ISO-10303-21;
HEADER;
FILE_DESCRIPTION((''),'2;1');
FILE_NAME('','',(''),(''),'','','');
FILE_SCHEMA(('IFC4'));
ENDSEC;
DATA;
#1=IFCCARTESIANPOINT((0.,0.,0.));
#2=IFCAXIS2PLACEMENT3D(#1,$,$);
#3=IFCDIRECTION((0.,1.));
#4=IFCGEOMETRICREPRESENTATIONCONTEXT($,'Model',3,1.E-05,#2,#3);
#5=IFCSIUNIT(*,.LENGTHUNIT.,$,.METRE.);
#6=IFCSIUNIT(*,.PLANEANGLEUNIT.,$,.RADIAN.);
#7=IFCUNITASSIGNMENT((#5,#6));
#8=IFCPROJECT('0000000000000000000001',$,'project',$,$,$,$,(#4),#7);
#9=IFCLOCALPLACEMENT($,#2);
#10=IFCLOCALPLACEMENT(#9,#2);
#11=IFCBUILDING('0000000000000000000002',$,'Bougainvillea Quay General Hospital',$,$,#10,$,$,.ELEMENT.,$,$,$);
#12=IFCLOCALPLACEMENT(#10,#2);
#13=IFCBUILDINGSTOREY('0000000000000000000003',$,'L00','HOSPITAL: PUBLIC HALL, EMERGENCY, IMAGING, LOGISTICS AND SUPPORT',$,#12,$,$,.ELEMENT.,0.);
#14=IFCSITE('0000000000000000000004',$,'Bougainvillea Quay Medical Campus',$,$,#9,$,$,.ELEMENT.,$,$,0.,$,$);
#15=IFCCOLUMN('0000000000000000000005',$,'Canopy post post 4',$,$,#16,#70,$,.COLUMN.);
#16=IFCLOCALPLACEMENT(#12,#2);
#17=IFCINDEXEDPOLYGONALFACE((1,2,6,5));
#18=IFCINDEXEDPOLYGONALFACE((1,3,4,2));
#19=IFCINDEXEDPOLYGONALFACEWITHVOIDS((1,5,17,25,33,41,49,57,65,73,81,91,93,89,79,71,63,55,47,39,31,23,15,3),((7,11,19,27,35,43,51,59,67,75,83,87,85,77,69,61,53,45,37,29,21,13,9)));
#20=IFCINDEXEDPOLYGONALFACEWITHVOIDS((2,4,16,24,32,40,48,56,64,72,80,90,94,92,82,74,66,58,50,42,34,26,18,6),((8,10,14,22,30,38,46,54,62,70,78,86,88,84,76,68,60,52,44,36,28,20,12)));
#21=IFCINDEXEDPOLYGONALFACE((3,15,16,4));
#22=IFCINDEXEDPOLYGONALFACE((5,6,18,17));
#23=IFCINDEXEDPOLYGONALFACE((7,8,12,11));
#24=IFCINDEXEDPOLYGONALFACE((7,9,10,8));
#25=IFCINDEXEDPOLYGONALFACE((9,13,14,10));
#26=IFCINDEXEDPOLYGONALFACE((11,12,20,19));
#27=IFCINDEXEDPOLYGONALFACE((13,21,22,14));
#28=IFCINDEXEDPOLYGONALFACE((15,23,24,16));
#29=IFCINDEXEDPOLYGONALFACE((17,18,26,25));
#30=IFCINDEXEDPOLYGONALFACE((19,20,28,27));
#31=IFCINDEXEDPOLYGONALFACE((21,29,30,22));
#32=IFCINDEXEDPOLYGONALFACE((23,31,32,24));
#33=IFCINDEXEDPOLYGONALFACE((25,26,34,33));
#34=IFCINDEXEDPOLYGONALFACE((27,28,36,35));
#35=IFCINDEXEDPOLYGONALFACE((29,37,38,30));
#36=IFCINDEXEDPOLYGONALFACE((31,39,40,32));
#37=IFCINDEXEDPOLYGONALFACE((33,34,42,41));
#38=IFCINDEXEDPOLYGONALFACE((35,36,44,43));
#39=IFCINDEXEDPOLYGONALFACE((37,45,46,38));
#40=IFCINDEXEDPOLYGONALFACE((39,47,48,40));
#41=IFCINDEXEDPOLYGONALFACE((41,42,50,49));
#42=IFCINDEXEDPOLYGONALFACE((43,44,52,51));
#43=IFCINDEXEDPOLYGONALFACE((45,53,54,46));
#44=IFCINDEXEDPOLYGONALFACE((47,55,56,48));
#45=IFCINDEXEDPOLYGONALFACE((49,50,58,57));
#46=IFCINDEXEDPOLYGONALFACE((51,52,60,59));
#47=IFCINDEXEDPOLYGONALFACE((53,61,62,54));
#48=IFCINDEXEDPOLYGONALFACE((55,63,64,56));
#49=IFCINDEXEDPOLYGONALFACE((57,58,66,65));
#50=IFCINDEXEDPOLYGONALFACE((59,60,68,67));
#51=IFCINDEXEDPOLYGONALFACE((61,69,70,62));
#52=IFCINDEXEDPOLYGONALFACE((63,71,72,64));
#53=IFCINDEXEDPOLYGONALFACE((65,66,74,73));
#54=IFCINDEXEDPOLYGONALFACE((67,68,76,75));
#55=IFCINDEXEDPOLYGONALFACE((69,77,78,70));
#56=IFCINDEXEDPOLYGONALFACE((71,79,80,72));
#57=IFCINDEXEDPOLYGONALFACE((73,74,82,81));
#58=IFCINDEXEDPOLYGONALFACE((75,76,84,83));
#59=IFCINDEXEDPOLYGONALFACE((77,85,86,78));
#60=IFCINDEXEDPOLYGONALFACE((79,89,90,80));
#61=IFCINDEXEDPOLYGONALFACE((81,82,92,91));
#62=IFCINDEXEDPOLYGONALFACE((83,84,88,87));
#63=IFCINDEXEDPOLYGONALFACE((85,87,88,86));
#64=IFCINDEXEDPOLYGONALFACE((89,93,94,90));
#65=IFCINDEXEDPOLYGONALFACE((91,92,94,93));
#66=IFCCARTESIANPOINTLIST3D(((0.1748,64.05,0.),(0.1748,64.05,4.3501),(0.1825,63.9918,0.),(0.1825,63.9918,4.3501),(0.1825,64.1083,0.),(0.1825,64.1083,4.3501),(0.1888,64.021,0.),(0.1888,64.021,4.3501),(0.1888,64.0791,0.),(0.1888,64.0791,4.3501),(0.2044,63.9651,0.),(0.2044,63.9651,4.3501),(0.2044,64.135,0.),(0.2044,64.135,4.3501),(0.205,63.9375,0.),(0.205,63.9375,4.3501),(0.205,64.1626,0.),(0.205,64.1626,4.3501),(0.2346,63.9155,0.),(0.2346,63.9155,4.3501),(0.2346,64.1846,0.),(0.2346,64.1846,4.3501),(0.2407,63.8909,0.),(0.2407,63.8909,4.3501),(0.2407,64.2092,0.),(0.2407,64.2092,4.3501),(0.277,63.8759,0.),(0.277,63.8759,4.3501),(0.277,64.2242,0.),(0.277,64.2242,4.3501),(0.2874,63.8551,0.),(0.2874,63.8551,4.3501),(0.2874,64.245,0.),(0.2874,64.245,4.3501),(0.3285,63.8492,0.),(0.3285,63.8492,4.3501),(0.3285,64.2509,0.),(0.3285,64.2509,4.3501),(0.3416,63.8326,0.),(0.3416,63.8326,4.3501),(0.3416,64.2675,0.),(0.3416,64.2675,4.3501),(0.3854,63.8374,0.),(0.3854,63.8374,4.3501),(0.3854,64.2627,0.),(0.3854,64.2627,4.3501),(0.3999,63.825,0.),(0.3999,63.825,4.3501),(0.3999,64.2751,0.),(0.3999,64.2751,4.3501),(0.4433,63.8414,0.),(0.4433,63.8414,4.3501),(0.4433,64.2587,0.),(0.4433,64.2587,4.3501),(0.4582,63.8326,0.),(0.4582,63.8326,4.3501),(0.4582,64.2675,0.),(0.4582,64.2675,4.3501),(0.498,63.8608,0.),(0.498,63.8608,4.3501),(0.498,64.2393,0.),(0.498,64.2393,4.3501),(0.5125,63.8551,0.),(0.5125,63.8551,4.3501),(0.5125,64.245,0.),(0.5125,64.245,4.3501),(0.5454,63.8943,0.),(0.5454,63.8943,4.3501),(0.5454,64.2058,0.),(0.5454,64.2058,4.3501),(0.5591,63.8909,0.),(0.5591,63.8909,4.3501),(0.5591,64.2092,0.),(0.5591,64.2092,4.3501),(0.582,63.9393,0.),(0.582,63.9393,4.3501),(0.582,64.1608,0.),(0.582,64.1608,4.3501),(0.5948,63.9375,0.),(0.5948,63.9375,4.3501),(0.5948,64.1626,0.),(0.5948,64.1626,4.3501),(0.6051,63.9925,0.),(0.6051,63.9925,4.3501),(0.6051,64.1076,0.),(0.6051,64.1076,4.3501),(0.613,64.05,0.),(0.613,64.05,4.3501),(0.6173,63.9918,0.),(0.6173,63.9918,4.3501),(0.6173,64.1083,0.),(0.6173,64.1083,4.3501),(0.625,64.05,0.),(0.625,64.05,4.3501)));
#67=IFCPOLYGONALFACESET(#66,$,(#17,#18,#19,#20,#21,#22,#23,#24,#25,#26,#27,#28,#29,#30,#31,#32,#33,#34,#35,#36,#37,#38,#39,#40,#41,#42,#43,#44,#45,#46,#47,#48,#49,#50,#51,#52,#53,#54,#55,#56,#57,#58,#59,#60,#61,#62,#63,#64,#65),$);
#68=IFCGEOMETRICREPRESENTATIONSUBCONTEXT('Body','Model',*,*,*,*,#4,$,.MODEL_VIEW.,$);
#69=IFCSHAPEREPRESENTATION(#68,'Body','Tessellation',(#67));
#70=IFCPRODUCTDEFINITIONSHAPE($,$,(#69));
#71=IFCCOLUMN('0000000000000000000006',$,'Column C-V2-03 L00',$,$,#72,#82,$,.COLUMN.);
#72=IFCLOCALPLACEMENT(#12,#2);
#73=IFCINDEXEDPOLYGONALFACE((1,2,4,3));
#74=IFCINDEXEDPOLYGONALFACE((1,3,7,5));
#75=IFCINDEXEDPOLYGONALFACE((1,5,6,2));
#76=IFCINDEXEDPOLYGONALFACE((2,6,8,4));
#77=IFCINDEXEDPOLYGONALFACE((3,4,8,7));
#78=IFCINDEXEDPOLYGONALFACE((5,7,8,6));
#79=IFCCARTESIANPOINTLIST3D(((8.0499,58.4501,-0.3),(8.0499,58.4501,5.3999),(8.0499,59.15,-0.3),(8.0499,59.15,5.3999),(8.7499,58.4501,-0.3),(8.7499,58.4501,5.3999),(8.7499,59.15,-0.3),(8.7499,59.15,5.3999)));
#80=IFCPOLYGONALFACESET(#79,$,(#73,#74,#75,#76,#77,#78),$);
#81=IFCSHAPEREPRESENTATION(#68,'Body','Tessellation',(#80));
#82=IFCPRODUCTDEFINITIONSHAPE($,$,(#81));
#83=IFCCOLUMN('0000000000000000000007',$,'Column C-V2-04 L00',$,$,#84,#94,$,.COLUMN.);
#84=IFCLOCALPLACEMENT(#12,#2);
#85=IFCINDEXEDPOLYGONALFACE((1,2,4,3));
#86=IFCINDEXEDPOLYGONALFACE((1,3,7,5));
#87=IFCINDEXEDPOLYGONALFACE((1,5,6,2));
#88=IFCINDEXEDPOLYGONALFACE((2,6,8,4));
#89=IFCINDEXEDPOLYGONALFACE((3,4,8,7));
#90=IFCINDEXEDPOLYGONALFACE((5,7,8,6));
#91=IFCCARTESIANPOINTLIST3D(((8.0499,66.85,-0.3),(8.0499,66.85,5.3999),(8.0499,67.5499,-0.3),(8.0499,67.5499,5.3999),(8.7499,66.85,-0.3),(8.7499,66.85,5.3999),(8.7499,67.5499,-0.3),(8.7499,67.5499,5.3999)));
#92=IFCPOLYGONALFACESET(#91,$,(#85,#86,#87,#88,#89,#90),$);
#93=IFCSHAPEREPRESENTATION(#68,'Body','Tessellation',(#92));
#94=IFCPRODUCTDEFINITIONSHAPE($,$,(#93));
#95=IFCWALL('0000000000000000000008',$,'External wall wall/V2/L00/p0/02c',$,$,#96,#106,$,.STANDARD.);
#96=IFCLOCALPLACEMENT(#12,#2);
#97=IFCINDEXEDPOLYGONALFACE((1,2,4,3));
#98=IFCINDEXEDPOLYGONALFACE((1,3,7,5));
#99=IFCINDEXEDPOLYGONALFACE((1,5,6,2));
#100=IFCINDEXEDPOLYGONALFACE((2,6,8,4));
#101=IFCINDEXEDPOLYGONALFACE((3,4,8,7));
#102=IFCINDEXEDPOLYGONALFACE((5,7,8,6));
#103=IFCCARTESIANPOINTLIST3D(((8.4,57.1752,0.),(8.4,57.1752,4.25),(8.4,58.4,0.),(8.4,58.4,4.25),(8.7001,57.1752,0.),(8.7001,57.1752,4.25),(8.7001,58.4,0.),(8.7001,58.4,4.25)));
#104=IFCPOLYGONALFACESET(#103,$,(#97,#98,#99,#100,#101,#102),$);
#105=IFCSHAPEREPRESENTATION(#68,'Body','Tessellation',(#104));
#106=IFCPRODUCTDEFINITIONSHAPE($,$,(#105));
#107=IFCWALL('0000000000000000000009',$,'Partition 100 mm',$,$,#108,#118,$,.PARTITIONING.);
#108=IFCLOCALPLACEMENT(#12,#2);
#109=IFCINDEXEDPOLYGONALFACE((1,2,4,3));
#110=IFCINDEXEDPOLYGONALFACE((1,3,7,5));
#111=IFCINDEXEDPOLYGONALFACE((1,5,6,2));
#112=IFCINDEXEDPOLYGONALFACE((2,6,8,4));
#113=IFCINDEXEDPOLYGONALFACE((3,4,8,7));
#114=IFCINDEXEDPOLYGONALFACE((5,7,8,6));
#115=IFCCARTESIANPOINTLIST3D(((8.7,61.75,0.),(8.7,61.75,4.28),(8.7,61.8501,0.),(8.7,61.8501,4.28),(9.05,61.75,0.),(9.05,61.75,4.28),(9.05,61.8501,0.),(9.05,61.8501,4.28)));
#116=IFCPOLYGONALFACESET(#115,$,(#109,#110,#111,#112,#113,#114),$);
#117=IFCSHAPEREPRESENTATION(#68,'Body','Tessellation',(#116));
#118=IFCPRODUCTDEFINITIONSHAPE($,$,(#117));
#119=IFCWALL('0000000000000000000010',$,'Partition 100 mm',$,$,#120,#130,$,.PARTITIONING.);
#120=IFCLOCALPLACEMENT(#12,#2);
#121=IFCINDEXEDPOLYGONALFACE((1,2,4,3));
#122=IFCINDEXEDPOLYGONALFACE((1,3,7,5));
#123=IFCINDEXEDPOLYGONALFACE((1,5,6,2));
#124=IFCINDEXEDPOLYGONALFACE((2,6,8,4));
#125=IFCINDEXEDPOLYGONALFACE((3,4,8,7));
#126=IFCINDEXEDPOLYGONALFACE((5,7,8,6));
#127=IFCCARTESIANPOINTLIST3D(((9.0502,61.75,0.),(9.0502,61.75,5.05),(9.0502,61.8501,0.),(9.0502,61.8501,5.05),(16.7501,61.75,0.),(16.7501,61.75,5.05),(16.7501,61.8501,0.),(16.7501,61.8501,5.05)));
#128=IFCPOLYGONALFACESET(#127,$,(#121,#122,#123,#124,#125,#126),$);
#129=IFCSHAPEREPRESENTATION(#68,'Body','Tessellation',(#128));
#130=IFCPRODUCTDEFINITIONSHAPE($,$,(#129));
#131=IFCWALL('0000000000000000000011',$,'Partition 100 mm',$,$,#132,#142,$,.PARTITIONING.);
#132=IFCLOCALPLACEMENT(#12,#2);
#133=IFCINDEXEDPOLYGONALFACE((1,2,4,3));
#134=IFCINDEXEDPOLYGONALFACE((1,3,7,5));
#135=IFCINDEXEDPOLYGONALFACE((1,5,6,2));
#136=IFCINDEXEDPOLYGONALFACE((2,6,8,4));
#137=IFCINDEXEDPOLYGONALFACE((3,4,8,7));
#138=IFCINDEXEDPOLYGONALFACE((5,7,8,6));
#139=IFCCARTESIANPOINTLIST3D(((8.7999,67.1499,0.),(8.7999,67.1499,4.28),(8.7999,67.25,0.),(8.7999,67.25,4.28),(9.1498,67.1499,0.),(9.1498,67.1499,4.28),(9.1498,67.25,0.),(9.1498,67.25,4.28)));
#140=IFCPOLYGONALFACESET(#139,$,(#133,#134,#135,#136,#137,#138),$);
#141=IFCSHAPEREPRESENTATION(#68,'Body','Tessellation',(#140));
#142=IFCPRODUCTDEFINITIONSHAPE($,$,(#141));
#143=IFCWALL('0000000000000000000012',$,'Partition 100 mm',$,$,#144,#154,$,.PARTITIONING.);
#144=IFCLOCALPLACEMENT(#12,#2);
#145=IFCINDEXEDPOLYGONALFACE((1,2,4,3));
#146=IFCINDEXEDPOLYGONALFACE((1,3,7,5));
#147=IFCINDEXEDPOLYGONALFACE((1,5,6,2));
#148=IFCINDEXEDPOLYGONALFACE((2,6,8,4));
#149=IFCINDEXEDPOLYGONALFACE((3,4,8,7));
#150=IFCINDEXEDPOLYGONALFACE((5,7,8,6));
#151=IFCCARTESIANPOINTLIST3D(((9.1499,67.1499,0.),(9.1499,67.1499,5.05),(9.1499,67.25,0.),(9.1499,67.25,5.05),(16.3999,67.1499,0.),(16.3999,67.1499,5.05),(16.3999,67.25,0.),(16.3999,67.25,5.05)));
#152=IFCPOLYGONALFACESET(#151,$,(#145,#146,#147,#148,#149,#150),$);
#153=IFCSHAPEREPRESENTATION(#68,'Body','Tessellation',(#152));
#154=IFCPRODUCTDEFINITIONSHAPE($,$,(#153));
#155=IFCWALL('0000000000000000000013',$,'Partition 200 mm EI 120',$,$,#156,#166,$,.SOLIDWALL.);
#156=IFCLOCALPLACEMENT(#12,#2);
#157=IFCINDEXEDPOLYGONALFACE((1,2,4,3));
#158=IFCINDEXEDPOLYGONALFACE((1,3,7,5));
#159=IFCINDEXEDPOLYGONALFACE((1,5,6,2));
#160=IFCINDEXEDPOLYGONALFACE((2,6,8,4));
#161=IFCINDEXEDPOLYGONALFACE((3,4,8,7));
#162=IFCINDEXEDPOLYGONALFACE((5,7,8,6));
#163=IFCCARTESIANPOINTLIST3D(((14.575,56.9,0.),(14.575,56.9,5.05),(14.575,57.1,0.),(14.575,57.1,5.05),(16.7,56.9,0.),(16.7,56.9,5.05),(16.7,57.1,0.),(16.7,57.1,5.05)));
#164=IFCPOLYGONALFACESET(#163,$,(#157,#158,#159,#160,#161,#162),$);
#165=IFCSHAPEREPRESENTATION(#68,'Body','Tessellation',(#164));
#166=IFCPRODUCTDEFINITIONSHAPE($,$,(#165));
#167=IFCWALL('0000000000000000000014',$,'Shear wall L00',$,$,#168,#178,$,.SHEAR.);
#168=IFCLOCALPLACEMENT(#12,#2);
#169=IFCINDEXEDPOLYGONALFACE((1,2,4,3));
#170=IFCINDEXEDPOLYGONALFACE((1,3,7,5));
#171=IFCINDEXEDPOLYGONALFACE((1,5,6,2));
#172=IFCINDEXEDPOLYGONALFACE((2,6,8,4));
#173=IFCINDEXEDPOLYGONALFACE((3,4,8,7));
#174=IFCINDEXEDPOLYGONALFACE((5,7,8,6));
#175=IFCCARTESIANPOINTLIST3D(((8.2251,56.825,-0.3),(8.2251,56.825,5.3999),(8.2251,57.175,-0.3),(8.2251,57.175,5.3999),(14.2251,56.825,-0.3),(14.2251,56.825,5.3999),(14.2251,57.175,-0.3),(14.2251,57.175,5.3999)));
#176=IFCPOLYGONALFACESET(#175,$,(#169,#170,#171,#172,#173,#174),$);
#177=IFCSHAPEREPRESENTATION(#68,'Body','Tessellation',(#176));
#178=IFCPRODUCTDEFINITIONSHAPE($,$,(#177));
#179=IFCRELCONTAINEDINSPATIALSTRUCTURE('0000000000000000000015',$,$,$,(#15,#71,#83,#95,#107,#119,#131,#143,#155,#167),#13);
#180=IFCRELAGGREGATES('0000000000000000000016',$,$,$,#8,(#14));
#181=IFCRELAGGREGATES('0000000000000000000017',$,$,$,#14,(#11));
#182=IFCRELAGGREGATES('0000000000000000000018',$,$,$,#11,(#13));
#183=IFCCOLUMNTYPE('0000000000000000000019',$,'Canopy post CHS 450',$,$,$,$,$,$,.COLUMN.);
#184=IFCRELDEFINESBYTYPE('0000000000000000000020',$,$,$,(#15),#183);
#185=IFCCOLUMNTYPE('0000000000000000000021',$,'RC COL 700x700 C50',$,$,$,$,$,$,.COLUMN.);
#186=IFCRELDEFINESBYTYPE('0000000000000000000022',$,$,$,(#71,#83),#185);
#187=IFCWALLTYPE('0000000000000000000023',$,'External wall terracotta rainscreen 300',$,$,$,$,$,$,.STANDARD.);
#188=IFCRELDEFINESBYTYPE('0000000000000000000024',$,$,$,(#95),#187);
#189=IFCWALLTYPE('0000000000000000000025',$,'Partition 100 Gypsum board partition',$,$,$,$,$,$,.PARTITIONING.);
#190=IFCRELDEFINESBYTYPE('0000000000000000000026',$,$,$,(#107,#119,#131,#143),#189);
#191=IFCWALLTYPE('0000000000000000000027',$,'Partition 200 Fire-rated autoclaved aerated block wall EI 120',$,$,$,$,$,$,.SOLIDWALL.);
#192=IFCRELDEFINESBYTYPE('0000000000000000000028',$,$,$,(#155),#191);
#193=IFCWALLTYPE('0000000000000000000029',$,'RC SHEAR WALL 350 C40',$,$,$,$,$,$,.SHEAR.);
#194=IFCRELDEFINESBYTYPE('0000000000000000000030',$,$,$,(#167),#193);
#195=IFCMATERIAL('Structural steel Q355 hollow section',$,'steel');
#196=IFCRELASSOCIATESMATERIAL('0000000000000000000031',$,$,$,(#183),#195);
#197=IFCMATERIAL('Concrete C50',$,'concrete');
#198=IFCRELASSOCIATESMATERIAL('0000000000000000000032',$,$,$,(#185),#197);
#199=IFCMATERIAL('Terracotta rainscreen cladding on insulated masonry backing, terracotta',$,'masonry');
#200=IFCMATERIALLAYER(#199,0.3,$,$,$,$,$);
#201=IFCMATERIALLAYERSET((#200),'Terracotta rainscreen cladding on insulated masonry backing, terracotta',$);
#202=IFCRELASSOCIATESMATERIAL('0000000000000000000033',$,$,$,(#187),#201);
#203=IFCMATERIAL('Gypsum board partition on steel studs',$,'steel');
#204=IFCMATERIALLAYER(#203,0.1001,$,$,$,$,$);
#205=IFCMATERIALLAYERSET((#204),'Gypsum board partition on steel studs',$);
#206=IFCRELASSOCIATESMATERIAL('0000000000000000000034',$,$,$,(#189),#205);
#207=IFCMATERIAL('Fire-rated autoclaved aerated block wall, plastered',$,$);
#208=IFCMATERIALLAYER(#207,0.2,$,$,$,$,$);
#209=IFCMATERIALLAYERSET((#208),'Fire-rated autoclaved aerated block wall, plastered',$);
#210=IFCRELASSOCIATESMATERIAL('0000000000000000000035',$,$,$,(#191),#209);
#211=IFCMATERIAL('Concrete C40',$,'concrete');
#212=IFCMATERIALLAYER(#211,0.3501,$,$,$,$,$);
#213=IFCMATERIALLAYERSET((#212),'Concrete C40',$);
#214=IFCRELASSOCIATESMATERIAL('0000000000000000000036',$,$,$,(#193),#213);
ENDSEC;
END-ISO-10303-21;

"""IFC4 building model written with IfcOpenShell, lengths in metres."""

from ifc_helpers import new_model, si_unit, direction, frame, frame_2d, origin, origin_2d, place, context, subcontext, project, spatial, rectangle, hollow_circle, extrude, material, layer, layer_set, material_profile, profile_set, type_object, element, save


model = new_model("IFC4")

# Units and contexts
model_context = context("Model", 3, precision=1e-05, world=origin(), true_north=direction((0.0, 1.0)))
body_context = subcontext(model_context, "Body", "Model", "MODEL_VIEW")
ifc_project = project(units=[si_unit("LENGTHUNIT", "METRE"), si_unit("PLANEANGLEUNIT", "RADIAN")], contexts=[model_context])

# Site, building, storey
site_placement = place(None, origin())
site = spatial("IfcSite", under=ifc_project, at=site_placement, Name="Bougainvillea Quay Medical Campus", CompositionType="ELEMENT", RefElevation=0.0)
building_placement = place(site_placement, origin())
building = spatial("IfcBuilding", under=site, at=building_placement, Name="Bougainvillea Quay General Hospital", CompositionType="ELEMENT")
storey_placement = place(building_placement, origin())
storey = spatial("IfcBuildingStorey", under=building, at=storey_placement, Name="L00", Description="HOSPITAL: PUBLIC HALL, EMERGENCY, IMAGING, LOGISTICS AND SUPPORT", CompositionType="ELEMENT", Elevation=0.0)

# Shared definitions
ifc_material_1 = material(Name="Concrete C40", Category="concrete")

# Columns
ifc_material_2 = material(Name="Structural steel Q355 hollow section", Category="steel")
ifc_material_profile_1 = material_profile(ifc_material_2, hollow_circle(Radius=0.2251, WallThickness=0.012, at=origin_2d()))
ifc_profile_set_1 = profile_set([ifc_material_profile_1], Name="Structural steel Q355 hollow section")
column_type_1 = type_object("IfcColumnType", Name="Canopy post CHS 450", PredefinedType="COLUMN", material=ifc_profile_set_1)
for number, where, z_axis, x_axis, name in (
    (1, (0.3999, 64.05, 0.0), (0.0, 0.0, 1.0), (1.0, 0.0, 0.0), "Canopy post post 4"),
):
    element("IfcColumn", number, at=place(storey_placement, frame(where, z_axis=z_axis, x_axis=x_axis)), inside=storey, type_object=column_type_1, Name=name, PredefinedType="COLUMN", context=body_context, shape_type="SweptSolid", body=[
        extrude(hollow_circle(Radius=0.2251, WallThickness=0.012, at=origin_2d()), origin(), (0.0, 0.0, 1.0), 4.3501),
    ])
ifc_material_3 = material(Name="Concrete C50", Category="concrete")
ifc_material_profile_2 = material_profile(ifc_material_3, rectangle(XDim=0.7, YDim=0.7, at=origin_2d()))
ifc_profile_set_2 = profile_set([ifc_material_profile_2], Name="Concrete C50")
column_type_2 = type_object("IfcColumnType", Name="RC COL 700x700 C50", PredefinedType="COLUMN", material=ifc_profile_set_2)
for number, where, z_axis, x_axis, name in (
    (2, (8.3999, 58.8, -0.3), (0.0, 0.0, 1.0), (1.0, 0.0, 0.0), "Column C-V2-03 L00"),
    (3, (8.3999, 67.2, -0.3), (0.0, 0.0, 1.0), (1.0, 0.0, 0.0), "Column C-V2-04 L00"),
):
    element("IfcColumn", number, at=place(storey_placement, frame(where, z_axis=z_axis, x_axis=x_axis)), inside=storey, type_object=column_type_2, Name=name, PredefinedType="COLUMN", context=body_context, shape_type="SweptSolid", body=[
        extrude(rectangle(XDim=0.7, YDim=0.7, at=origin_2d()), origin(), (0.0, 0.0, 1.0), 5.7),
    ])

# Walls
ifc_material_4 = material(Name="Terracotta rainscreen cladding on insulated masonry backing, terracotta", Category="masonry")
ifc_layer_1 = layer(ifc_material_4, 0.3)
ifc_layer_set_1 = layer_set([ifc_layer_1], Name="Terracotta rainscreen cladding on insulated masonry backing, terracotta")
wall_type_1 = type_object("IfcWallType", Name="External wall terracotta rainscreen 300", PredefinedType="STANDARD", material=ifc_layer_set_1)
wall_1_placement = place(storey_placement, frame((8.55, 58.3999, 0.0), z_axis=(0.0, 0.0, 1.0), x_axis=(0.0, -1.0, 0.0)))
element("IfcWall", 4, at=wall_1_placement, inside=storey, type_object=wall_type_1, Name="External wall wall/V2/L00/p0/02c", PredefinedType="STANDARD", context=body_context, shape_type="SweptSolid", body=[
    extrude(rectangle(XDim=1.2249, YDim=0.3, at=frame_2d((0.6123, 0.0))), origin(), (0.0, 0.0, 1.0), 4.25),
])
ifc_material_5 = material(Name="Gypsum board partition on steel studs", Category="steel")
ifc_layer_2 = layer(ifc_material_5, 0.1001)
ifc_layer_set_2 = layer_set([ifc_layer_2], Name="Gypsum board partition on steel studs")
wall_type_2 = type_object("IfcWallType", Name="Partition 100 Gypsum board partition", PredefinedType="PARTITIONING", material=ifc_layer_set_2)
wall_2_placement = place(storey_placement, frame((8.7, 61.8, 0.0), z_axis=(0.0, 0.0, 1.0), x_axis=(1.0, 0.0, 0.0)))
element("IfcWall", 5, at=wall_2_placement, inside=storey, type_object=wall_type_2, Name="Partition 100 mm", PredefinedType="PARTITIONING", context=body_context, shape_type="SweptSolid", body=[
    extrude(rectangle(XDim=0.3501, YDim=0.1001, at=frame_2d((0.175, 0.0))), origin(), (0.0, 0.0, 1.0), 4.28),
])
wall_3_placement = place(storey_placement, frame((9.05, 61.8, 0.0), z_axis=(0.0, 0.0, 1.0), x_axis=(1.0, 0.0, 0.0)))
element("IfcWall", 6, at=wall_3_placement, inside=storey, type_object=wall_type_2, Name="Partition 100 mm", PredefinedType="PARTITIONING", context=body_context, shape_type="SweptSolid", body=[
    extrude(rectangle(XDim=7.7, YDim=0.1001, at=frame_2d((3.8501, 0.0))), origin(), (0.0, 0.0, 1.0), 5.05),
])
wall_4_placement = place(storey_placement, frame((8.8, 67.2, 0.0), z_axis=(0.0, 0.0, 1.0), x_axis=(1.0, 0.0, 0.0)))
element("IfcWall", 7, at=wall_4_placement, inside=storey, type_object=wall_type_2, Name="Partition 100 mm", PredefinedType="PARTITIONING", context=body_context, shape_type="SweptSolid", body=[
    extrude(rectangle(XDim=0.3499, YDim=0.1001, at=frame_2d((0.1748, 0.0))), origin(), (0.0, 0.0, 1.0), 4.28),
])
wall_5_placement = place(storey_placement, frame((9.1499, 67.2, 0.0), z_axis=(0.0, 0.0, 1.0), x_axis=(1.0, 0.0, 0.0)))
element("IfcWall", 8, at=wall_5_placement, inside=storey, type_object=wall_type_2, Name="Partition 100 mm", PredefinedType="PARTITIONING", context=body_context, shape_type="SweptSolid", body=[
    extrude(rectangle(XDim=7.25, YDim=0.1001, at=frame_2d((3.625, 0.0))), origin(), (0.0, 0.0, 1.0), 5.05),
])
ifc_material_6 = material(Name="Fire-rated autoclaved aerated block wall, plastered")
ifc_layer_3 = layer(ifc_material_6, 0.2)
ifc_layer_set_3 = layer_set([ifc_layer_3], Name="Fire-rated autoclaved aerated block wall, plastered")
wall_type_3 = type_object("IfcWallType", Name="Partition 200 Fire-rated autoclaved aerated block wall EI 120", PredefinedType="SOLIDWALL", material=ifc_layer_set_3)
wall_6_placement = place(storey_placement, frame((14.575, 57.0, 0.0), z_axis=(0.0, 0.0, 1.0), x_axis=(1.0, 0.0, 0.0)))
element("IfcWall", 9, at=wall_6_placement, inside=storey, type_object=wall_type_3, Name="Partition 200 mm EI 120", PredefinedType="SOLIDWALL", context=body_context, shape_type="SweptSolid", body=[
    extrude(rectangle(XDim=2.125, YDim=0.2, at=frame_2d((1.0625, 0.0))), origin(), (0.0, 0.0, 1.0), 5.05),
])
ifc_layer_4 = layer(ifc_material_1, 0.3501)
ifc_layer_set_4 = layer_set([ifc_layer_4], Name="Concrete C40")
wall_type_4 = type_object("IfcWallType", Name="RC SHEAR WALL 350 C40", PredefinedType="SHEAR", material=ifc_layer_set_4)
wall_7_placement = place(storey_placement, frame((8.2251, 57.0, -0.3), z_axis=(0.0, 0.0, 1.0), x_axis=(1.0, 0.0, 0.0)))
element("IfcWall", 10, at=wall_7_placement, inside=storey, type_object=wall_type_4, Name="Shear wall L00", PredefinedType="SHEAR", context=body_context, shape_type="SweptSolid", body=[
    extrude(rectangle(XDim=6.0, YDim=0.3501, at=frame_2d((3.0, 0.0))), origin(), (0.0, 0.0, 1.0), 5.7),
])

save(model, "model.ifc")
